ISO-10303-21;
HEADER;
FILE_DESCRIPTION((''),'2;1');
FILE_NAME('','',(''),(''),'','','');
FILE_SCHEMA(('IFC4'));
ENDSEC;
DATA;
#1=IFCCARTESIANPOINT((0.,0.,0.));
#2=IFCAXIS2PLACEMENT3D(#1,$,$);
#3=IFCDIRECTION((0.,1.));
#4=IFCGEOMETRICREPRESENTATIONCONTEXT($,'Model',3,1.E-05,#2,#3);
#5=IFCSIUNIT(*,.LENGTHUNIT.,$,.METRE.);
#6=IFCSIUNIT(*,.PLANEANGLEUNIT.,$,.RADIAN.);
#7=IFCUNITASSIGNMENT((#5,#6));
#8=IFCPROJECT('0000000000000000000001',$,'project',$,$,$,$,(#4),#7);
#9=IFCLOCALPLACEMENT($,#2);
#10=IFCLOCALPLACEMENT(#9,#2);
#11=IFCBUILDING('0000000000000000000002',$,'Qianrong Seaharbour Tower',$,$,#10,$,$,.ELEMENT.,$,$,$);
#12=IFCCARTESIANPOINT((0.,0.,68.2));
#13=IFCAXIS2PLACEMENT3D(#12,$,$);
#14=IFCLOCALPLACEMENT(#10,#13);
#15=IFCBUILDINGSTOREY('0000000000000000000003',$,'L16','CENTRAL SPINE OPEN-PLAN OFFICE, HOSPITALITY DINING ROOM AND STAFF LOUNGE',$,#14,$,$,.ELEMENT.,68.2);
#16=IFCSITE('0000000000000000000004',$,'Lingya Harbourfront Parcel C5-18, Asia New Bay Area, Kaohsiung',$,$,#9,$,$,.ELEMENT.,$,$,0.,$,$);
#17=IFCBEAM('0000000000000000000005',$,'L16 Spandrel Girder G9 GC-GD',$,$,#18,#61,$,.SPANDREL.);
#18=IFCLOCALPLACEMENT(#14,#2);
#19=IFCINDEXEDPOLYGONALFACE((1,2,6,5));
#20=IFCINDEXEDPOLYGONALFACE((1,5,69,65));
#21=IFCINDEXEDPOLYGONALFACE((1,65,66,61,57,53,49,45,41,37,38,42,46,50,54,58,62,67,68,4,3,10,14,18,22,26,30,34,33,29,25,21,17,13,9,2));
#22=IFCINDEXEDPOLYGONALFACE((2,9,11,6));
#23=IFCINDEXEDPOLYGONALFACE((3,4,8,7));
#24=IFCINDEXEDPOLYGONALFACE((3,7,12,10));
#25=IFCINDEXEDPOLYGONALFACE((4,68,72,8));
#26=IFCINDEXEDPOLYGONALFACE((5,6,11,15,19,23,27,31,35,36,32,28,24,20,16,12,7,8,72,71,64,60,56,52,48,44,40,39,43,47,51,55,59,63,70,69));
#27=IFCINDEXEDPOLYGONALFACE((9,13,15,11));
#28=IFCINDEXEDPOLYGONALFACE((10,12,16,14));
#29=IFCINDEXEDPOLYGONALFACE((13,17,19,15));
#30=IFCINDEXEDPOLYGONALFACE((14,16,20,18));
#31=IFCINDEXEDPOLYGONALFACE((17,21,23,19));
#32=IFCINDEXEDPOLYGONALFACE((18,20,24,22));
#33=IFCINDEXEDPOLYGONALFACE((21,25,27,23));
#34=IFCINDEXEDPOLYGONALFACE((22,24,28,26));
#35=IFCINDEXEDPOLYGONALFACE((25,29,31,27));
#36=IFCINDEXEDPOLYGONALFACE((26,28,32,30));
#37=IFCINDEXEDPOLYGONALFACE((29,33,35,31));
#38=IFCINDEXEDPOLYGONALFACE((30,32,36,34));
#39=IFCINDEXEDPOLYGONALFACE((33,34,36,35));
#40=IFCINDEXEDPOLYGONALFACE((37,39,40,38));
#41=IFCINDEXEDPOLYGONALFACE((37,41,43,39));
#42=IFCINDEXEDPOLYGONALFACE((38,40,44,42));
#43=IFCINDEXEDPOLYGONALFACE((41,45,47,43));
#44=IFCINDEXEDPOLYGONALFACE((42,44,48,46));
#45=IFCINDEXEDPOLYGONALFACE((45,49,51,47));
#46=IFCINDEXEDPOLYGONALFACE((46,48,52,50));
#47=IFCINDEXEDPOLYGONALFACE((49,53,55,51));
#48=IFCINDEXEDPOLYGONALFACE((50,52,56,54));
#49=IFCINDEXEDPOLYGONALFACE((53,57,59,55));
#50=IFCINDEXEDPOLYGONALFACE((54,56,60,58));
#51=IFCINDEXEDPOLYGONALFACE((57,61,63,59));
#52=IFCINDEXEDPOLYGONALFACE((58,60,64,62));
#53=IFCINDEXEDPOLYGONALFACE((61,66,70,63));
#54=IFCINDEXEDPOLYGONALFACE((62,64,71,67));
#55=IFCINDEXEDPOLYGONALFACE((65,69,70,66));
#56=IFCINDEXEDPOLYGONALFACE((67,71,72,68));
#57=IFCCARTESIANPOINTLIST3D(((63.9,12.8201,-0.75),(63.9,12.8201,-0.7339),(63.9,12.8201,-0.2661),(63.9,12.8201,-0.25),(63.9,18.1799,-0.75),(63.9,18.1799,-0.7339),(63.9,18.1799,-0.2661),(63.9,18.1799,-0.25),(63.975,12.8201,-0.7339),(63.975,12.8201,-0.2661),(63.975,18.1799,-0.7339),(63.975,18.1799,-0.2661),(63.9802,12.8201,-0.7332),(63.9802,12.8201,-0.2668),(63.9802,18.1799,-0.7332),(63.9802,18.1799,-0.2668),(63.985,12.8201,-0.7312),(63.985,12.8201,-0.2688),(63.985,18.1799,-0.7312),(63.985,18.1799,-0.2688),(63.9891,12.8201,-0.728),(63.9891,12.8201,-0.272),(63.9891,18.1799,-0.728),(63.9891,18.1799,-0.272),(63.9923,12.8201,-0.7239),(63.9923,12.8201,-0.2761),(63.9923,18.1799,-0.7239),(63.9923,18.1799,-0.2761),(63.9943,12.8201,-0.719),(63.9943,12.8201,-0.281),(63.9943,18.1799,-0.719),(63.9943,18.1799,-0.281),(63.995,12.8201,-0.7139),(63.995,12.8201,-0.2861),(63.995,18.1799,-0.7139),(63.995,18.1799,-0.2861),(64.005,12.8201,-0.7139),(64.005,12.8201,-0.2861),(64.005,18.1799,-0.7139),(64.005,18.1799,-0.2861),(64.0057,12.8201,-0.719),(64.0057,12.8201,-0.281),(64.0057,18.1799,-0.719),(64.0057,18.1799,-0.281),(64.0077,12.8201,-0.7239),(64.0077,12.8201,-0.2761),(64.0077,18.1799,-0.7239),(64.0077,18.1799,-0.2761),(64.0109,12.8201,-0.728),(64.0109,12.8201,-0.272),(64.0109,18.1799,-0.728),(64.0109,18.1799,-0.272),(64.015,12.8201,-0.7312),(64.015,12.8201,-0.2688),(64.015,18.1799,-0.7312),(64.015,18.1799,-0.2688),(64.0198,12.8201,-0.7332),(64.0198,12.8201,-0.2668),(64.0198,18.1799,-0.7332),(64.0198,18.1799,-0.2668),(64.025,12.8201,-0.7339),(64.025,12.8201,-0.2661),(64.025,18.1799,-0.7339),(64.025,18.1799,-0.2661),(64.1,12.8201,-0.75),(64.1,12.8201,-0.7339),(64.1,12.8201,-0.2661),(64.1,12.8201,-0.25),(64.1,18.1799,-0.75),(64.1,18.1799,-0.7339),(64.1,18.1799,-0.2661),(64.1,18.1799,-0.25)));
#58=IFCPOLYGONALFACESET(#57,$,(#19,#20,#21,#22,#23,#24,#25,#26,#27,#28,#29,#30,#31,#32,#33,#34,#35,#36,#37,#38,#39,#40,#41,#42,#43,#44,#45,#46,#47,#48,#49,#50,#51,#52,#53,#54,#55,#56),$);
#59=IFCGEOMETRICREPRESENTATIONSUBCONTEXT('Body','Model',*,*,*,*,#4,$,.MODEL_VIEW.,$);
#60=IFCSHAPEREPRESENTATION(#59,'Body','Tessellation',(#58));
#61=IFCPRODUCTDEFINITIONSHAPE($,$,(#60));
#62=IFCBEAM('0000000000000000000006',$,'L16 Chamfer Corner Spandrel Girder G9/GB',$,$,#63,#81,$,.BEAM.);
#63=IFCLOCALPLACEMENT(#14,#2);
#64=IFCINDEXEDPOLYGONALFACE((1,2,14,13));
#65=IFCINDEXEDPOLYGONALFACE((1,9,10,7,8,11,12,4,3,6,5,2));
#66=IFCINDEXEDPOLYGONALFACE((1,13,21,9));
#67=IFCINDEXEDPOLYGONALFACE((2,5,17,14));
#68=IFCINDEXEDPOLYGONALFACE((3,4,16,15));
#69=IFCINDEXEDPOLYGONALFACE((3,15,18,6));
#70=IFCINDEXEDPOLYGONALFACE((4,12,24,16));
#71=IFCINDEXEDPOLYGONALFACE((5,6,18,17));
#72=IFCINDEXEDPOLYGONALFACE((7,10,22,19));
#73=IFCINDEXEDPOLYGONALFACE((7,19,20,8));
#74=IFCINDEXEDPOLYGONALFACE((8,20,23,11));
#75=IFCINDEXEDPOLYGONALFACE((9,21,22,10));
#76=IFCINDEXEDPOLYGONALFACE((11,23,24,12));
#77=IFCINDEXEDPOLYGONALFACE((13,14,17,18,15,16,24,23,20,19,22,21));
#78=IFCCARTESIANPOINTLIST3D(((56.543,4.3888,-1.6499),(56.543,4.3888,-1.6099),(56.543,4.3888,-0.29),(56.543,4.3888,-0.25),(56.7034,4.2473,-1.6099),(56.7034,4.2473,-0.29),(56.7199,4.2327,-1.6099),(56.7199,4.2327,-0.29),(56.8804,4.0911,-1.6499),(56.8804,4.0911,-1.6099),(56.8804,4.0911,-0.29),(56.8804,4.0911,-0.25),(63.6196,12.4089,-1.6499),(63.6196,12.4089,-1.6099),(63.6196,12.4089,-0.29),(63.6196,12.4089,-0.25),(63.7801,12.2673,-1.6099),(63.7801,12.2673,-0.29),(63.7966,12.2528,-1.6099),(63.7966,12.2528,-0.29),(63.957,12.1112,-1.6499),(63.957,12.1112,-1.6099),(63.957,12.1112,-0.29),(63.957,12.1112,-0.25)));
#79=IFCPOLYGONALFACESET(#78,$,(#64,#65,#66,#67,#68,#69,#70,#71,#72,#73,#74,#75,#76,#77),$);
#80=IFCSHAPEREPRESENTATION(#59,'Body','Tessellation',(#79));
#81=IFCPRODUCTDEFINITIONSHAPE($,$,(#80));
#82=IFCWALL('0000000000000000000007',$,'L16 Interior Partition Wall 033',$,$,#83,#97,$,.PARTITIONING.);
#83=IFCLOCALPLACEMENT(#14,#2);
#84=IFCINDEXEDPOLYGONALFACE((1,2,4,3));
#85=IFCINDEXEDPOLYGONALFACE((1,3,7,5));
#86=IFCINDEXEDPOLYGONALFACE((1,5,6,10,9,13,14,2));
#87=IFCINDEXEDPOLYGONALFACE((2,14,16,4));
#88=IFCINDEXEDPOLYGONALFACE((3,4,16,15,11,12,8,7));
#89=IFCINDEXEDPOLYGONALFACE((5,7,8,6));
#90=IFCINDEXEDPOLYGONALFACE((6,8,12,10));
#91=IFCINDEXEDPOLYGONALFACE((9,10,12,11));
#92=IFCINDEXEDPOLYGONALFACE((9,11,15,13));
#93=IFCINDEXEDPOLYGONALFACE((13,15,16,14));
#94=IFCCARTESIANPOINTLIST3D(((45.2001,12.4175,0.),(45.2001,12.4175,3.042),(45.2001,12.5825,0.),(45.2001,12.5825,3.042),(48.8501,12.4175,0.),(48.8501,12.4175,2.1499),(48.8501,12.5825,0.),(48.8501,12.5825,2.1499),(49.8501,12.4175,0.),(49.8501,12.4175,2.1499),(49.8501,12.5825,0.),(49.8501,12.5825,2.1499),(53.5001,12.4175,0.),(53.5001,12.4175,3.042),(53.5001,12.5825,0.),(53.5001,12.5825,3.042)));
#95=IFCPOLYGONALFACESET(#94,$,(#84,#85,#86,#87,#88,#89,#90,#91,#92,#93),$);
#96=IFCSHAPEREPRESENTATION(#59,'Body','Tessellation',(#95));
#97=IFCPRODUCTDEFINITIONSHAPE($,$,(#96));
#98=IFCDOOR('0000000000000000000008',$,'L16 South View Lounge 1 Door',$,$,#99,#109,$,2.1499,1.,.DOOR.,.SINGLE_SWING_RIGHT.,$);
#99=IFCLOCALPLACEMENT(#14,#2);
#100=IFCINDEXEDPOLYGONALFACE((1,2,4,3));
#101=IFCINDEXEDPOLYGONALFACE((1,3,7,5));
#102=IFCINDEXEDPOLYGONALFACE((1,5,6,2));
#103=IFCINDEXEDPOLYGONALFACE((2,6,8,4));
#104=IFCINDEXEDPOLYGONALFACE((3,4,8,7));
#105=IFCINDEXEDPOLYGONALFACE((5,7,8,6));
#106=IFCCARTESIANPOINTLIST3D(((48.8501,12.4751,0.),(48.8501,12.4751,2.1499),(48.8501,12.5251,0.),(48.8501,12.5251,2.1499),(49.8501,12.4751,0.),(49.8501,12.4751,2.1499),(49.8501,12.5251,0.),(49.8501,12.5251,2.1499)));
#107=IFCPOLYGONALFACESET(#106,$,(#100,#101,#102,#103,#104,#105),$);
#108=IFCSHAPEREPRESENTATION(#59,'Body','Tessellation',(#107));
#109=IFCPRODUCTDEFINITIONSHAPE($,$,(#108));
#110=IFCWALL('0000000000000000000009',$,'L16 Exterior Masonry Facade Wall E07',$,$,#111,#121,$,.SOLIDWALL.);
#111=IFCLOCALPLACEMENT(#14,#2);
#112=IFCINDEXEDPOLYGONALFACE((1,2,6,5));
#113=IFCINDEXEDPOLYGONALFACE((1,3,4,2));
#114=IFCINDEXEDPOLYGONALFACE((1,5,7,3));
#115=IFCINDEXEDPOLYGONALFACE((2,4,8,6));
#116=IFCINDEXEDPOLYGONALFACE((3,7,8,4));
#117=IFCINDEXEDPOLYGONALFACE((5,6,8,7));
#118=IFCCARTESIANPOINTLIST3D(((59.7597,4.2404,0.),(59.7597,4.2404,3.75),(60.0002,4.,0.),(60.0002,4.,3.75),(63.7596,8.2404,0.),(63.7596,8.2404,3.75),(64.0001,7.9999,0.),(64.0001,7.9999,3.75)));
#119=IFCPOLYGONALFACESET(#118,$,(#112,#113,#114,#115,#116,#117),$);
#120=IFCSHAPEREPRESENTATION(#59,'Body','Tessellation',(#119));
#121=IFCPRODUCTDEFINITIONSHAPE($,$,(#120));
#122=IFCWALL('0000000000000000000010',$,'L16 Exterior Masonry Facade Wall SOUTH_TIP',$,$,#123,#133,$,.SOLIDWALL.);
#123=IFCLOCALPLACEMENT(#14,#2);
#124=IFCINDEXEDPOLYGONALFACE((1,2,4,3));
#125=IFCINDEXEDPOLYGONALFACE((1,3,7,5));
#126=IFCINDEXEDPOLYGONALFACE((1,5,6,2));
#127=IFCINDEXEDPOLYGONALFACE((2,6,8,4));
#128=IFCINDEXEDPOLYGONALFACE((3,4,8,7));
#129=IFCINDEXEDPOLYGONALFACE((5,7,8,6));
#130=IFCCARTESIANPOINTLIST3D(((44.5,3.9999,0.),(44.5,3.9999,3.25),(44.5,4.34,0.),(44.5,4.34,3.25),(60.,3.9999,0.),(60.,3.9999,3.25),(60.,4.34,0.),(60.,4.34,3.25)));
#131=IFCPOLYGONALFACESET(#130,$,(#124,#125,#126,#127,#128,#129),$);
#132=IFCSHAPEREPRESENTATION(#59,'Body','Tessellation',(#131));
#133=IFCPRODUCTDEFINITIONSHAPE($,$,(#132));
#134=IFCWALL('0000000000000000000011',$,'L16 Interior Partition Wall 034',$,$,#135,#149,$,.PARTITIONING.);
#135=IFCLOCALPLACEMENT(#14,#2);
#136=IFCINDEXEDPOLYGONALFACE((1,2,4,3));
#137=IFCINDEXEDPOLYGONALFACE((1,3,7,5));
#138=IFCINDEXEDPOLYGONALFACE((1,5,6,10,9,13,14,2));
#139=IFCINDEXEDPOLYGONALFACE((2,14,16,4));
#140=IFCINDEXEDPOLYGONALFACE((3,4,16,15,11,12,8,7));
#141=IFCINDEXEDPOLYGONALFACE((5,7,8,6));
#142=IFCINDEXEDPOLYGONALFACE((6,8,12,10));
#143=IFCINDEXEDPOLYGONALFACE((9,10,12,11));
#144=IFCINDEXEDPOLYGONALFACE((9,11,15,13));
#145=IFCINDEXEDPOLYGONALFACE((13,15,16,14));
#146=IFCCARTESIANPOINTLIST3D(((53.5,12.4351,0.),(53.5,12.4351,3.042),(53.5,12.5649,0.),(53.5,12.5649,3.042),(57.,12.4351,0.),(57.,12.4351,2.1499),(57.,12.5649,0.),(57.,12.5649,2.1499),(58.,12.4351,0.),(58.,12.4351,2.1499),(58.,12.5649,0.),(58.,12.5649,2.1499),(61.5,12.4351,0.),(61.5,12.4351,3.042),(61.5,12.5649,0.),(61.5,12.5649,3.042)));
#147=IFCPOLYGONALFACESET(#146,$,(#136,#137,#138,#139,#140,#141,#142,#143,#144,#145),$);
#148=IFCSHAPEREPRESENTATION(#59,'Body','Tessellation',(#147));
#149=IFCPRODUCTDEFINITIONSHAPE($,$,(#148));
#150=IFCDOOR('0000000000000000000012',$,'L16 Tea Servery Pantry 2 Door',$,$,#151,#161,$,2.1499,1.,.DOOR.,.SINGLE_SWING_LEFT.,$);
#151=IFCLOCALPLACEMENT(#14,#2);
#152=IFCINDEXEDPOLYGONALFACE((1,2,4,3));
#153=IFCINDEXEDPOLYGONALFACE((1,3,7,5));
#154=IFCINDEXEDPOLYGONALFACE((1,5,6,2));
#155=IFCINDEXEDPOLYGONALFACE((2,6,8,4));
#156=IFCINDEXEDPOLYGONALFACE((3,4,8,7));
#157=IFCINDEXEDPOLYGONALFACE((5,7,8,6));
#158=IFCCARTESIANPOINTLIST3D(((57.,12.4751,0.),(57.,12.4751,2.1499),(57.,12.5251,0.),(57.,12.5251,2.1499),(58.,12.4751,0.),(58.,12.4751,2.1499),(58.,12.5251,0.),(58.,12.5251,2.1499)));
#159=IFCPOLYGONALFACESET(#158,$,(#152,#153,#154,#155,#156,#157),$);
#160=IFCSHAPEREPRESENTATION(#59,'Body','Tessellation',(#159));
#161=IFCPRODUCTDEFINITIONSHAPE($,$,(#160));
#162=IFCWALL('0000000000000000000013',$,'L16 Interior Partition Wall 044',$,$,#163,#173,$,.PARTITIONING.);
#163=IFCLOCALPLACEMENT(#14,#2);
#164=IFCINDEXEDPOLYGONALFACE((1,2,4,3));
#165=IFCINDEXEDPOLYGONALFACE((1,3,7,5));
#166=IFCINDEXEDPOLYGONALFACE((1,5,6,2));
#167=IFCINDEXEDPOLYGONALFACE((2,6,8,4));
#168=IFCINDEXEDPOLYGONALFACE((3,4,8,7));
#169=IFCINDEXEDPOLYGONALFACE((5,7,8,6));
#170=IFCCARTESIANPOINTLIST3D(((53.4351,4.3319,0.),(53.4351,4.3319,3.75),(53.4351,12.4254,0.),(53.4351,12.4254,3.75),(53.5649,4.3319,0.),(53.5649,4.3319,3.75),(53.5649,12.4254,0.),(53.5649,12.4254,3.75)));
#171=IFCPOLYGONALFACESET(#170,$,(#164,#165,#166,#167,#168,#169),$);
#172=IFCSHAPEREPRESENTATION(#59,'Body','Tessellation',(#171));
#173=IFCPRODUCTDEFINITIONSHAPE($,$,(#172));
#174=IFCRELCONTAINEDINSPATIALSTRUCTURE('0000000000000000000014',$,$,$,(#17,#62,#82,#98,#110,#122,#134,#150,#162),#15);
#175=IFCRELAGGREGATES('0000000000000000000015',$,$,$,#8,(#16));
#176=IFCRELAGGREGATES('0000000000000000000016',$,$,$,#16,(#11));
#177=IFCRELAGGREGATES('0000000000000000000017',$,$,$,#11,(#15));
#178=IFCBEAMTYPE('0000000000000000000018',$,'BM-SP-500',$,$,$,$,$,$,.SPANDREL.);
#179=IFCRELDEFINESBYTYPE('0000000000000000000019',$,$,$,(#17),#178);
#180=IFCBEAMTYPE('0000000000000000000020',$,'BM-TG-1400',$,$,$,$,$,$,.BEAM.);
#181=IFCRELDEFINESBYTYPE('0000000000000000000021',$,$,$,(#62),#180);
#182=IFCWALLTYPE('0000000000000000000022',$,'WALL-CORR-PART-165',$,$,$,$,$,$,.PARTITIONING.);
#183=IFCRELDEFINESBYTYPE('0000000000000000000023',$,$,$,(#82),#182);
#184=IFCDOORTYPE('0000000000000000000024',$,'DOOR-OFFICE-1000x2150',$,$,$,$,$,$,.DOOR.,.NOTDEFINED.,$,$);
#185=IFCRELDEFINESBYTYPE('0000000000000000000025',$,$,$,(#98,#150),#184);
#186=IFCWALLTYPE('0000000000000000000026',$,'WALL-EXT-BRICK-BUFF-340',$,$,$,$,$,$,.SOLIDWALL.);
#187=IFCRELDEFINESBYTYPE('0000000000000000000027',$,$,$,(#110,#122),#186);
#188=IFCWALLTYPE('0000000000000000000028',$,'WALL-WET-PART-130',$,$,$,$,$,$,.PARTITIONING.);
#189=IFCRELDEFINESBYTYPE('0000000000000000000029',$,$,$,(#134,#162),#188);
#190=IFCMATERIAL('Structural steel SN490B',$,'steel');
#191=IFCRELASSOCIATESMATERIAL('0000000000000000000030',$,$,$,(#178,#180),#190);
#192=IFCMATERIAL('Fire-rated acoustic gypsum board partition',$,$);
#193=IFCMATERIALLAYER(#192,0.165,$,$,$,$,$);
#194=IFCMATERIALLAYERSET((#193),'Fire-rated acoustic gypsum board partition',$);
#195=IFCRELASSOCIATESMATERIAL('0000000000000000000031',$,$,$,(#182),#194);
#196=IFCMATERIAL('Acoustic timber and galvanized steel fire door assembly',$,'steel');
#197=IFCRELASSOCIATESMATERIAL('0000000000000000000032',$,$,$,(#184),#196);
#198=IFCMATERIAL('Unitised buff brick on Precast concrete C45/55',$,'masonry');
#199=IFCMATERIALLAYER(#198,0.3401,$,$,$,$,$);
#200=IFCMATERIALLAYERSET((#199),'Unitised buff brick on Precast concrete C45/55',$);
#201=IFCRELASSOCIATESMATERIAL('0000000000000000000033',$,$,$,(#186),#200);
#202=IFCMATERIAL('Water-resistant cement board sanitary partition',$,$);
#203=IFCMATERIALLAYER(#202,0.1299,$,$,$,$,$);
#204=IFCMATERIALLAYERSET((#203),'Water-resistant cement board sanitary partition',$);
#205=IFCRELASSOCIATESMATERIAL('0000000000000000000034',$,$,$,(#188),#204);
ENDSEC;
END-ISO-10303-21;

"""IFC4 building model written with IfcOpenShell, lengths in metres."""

from ifc_helpers import new_model, si_unit, direction, frame, frame_2d, origin, origin_2d, place, context, subcontext, project, spatial, rectangle, i_section, extrude, material, layer, layer_set, material_profile, profile_set, type_object, element, fill, save


model = new_model("IFC4")

# Units and contexts
model_context = context("Model", 3, precision=1e-05, world=origin(), true_north=direction((0.0, 1.0)))
body_context = subcontext(model_context, "Body", "Model", "MODEL_VIEW")
ifc_project = project(units=[si_unit("LENGTHUNIT", "METRE"), si_unit("PLANEANGLEUNIT", "RADIAN")], contexts=[model_context])

# Site, building, storey
site_placement = place(None, origin())
site = spatial("IfcSite", under=ifc_project, at=site_placement, Name="Lingya Harbourfront Parcel C5-18, Asia New Bay Area, Kaohsiung", CompositionType="ELEMENT", RefElevation=0.0)
building_placement = place(site_placement, origin())
building = spatial("IfcBuilding", under=site, at=building_placement, Name="Qianrong Seaharbour Tower", CompositionType="ELEMENT")
storey_placement = place(building_placement, frame((0.0, 0.0, 68.2)))
storey = spatial("IfcBuildingStorey", under=building, at=storey_placement, Name="L16", Description="CENTRAL SPINE OPEN-PLAN OFFICE, HOSPITALITY DINING ROOM AND STAFF LOUNGE", CompositionType="ELEMENT", Elevation=68.2)

# Shared definitions
ifc_material_1 = material(Name="Structural steel SN490B", Category="steel")

# Beams
ifc_material_profile_1 = material_profile(ifc_material_1, i_section(OverallWidth=0.2, OverallDepth=0.5, WebThickness=0.01, FlangeThickness=0.0161, FilletRadius=0.02, at=origin_2d()), Name="H500x200x10x16")
ifc_profile_set_1 = profile_set([ifc_material_profile_1], Name="Structural steel SN490B")
beam_type_1 = type_object("IfcBeamType", Name="BM-SP-500", PredefinedType="SPANDREL", material=ifc_profile_set_1)
beam_1_placement = place(storey_placement, frame((64.0, 12.8201, -0.5), z_axis=(0.0, 1.0, 0.0), x_axis=(-1.0, 0.0, 0.0)))
element("IfcBeam", 1, at=beam_1_placement, inside=storey, type_object=beam_type_1, Name="L16 Spandrel Girder G9 GC-GD", PredefinedType="SPANDREL", context=body_context, shape_type="SweptSolid", body=[
    extrude(i_section(OverallWidth=0.2, OverallDepth=0.5, WebThickness=0.01, FlangeThickness=0.0161, FilletRadius=0.02, at=origin_2d()), origin(), (0.0, 0.0, 1.0), 5.3599),
])
ifc_material_profile_2 = material_profile(ifc_material_1, i_section(OverallWidth=0.45, OverallDepth=1.3999, WebThickness=0.022, FlangeThickness=0.04, at=origin_2d()), Name="BH1400x450x22x40")
ifc_profile_set_2 = profile_set([ifc_material_profile_2], Name="Structural steel SN490B")
beam_type_2 = type_object("IfcBeamType", Name="BM-TG-1400", PredefinedType="BEAM", material=ifc_profile_set_2)
beam_2_placement = place(storey_placement, frame((56.7117, 4.24, -0.95), z_axis=(0.661631, 0.74983, 0.0), x_axis=(-0.74983, 0.661631, 0.0)))
element("IfcBeam", 2, at=beam_2_placement, inside=storey, type_object=beam_type_2, Name="L16 Chamfer Corner Spandrel Girder G9/GB", PredefinedType="BEAM", context=body_context, shape_type="SweptSolid", body=[
    extrude(i_section(OverallWidth=0.45, OverallDepth=1.3999, WebThickness=0.022, FlangeThickness=0.04, at=origin_2d()), origin(), (0.0, 0.0, 1.0), 10.6958),
])

# Wall, opening, door
ifc_material_2 = material(Name="Fire-rated acoustic gypsum board partition")
ifc_layer_1 = layer(ifc_material_2, 0.165)
ifc_layer_set_1 = layer_set([ifc_layer_1], Name="Fire-rated acoustic gypsum board partition")
wall_type_1 = type_object("IfcWallType", Name="WALL-CORR-PART-165", PredefinedType="PARTITIONING", material=ifc_layer_set_1)
ifc_material_3 = material(Name="Acoustic timber and galvanized steel fire door assembly", Category="steel")
door_type = type_object("IfcDoorType", Name="DOOR-OFFICE-1000x2150", OperationType="NOTDEFINED", PredefinedType="DOOR", material=ifc_material_3)
wall_1_placement = place(storey_placement, frame((53.5, 12.5, 0.0), z_axis=(0.0, 0.0, 1.0), x_axis=(-1.0, 0.0, 0.0)))
wall_1 = element("IfcWall", 3, at=wall_1_placement, inside=storey, type_object=wall_type_1, Name="L16 Interior Partition Wall 033", PredefinedType="PARTITIONING", context=body_context, shape_type="SweptSolid", body=[
    extrude(rectangle(XDim=8.3, YDim=0.165, at=frame_2d((4.1499, 0.0))), origin(), (0.0, 0.0, 1.0), 3.042),
])
opening_1_placement = place(wall_1_placement, frame((3.6499, 0.0, 0.0)))
opening_1 = element("IfcOpeningElement", 4, at=opening_1_placement, cuts=wall_1, PredefinedType="OPENING", context=body_context, shape_type="SweptSolid", body=[
    extrude(rectangle(XDim=1.0, YDim=2.1499, at=frame_2d((0.5, 1.075))), frame((0.0, 0.0925, 0.0), z_axis=(0.0, -1.0, 0.0), x_axis=(1.0, 0.0, 0.0)), (0.0, 0.0, 1.0), 0.1851),
])
door_1_placement = place(opening_1_placement, origin())
door_1 = element("IfcDoor", 5, at=door_1_placement, inside=storey, type_object=door_type, Name="L16 South View Lounge 1 Door", OperationType="SINGLE_SWING_RIGHT", OverallHeight=2.1499, OverallWidth=1.0, PredefinedType="DOOR", context=body_context, shape_type="SweptSolid", body=[
    extrude(rectangle(XDim=1.0, YDim=2.1499, at=frame_2d((0.5, 1.075))), frame((0.0, 0.0249, 0.0), z_axis=(0.0, -1.0, 0.0), x_axis=(1.0, 0.0, 0.0)), (0.0, 0.0, 1.0), 0.05),
])
fill(opening_1, door_1)

# Walls
ifc_material_4 = material(Name="Unitised buff brick on Precast concrete C45/55", Category="masonry")
ifc_layer_2 = layer(ifc_material_4, 0.3401)
ifc_layer_set_2 = layer_set([ifc_layer_2], Name="Unitised buff brick on Precast concrete C45/55")
wall_type_2 = type_object("IfcWallType", Name="WALL-EXT-BRICK-BUFF-340", PredefinedType="SOLIDWALL", material=ifc_layer_set_2)
wall_2_placement = place(storey_placement, frame((63.8799, 8.1201, 0.0), z_axis=(0.0, 0.0, 1.0), x_axis=(-0.707107, -0.707107, 0.0)))
element("IfcWall", 6, at=wall_2_placement, inside=storey, type_object=wall_type_2, Name="L16 Exterior Masonry Facade Wall E07", PredefinedType="SOLIDWALL", context=body_context, shape_type="SweptSolid", body=[
    extrude(rectangle(XDim=5.6567, YDim=0.3401, at=frame_2d((2.8284, 0.0))), origin(), (0.0, 0.0, 1.0), 3.75),
])
wall_3_placement = place(storey_placement, frame((60.0, 4.1699, 0.0), z_axis=(0.0, 0.0, 1.0), x_axis=(-1.0, 0.0, 0.0)))
element("IfcWall", 7, at=wall_3_placement, inside=storey, type_object=wall_type_2, Name="L16 Exterior Masonry Facade Wall SOUTH_TIP", PredefinedType="SOLIDWALL", context=body_context, shape_type="SweptSolid", body=[
    extrude(rectangle(XDim=15.5, YDim=0.3401, at=frame_2d((7.75, 0.0))), origin(), (0.0, 0.0, 1.0), 3.25),
])

# Wall, opening, door
ifc_material_5 = material(Name="Water-resistant cement board sanitary partition")
ifc_layer_3 = layer(ifc_material_5, 0.1299)
ifc_layer_set_3 = layer_set([ifc_layer_3], Name="Water-resistant cement board sanitary partition")
wall_type_3 = type_object("IfcWallType", Name="WALL-WET-PART-130", PredefinedType="PARTITIONING", material=ifc_layer_set_3)
wall_4_placement = place(storey_placement, frame((61.5, 12.5, 0.0), z_axis=(0.0, 0.0, 1.0), x_axis=(-1.0, 0.0, 0.0)))
wall_4 = element("IfcWall", 8, at=wall_4_placement, inside=storey, type_object=wall_type_3, Name="L16 Interior Partition Wall 034", PredefinedType="PARTITIONING", context=body_context, shape_type="SweptSolid", body=[
    extrude(rectangle(XDim=8.0, YDim=0.1299, at=frame_2d((4.0, 0.0))), origin(), (0.0, 0.0, 1.0), 3.042),
])
opening_2_placement = place(wall_4_placement, frame((3.5, 0.0, 0.0)))
opening_2 = element("IfcOpeningElement", 9, at=opening_2_placement, cuts=wall_4, PredefinedType="OPENING", context=body_context, shape_type="SweptSolid", body=[
    extrude(rectangle(XDim=1.0, YDim=2.1499, at=frame_2d((0.5, 1.075))), frame((0.0, 0.075, 0.0), z_axis=(0.0, -1.0, 0.0), x_axis=(1.0, 0.0, 0.0)), (0.0, 0.0, 1.0), 0.1499),
])
door_2_placement = place(opening_2_placement, origin())
door_2 = element("IfcDoor", 10, at=door_2_placement, inside=storey, type_object=door_type, Name="L16 Tea Servery Pantry 2 Door", OperationType="SINGLE_SWING_LEFT", OverallHeight=2.1499, OverallWidth=1.0, PredefinedType="DOOR", context=body_context, shape_type="SweptSolid", body=[
    extrude(rectangle(XDim=1.0, YDim=2.1499, at=frame_2d((0.5, 1.075))), frame((0.0, 0.0249, 0.0), z_axis=(0.0, -1.0, 0.0), x_axis=(1.0, 0.0, 0.0)), (0.0, 0.0, 1.0), 0.05),
])
fill(opening_2, door_2)

# Wall
wall_5_placement = place(storey_placement, frame((53.5, 12.4255, 0.0), z_axis=(0.0, 0.0, 1.0), x_axis=(0.0, -1.0, 0.0)))
element("IfcWall", 11, at=wall_5_placement, inside=storey, type_object=wall_type_3, Name="L16 Interior Partition Wall 044", PredefinedType="PARTITIONING", context=body_context, shape_type="SweptSolid", body=[
    extrude(rectangle(XDim=8.0935, YDim=0.1299, at=frame_2d((4.0469, 0.0))), origin(), (0.0, 0.0, 1.0), 3.75),
])

save(model, "model.ifc")
